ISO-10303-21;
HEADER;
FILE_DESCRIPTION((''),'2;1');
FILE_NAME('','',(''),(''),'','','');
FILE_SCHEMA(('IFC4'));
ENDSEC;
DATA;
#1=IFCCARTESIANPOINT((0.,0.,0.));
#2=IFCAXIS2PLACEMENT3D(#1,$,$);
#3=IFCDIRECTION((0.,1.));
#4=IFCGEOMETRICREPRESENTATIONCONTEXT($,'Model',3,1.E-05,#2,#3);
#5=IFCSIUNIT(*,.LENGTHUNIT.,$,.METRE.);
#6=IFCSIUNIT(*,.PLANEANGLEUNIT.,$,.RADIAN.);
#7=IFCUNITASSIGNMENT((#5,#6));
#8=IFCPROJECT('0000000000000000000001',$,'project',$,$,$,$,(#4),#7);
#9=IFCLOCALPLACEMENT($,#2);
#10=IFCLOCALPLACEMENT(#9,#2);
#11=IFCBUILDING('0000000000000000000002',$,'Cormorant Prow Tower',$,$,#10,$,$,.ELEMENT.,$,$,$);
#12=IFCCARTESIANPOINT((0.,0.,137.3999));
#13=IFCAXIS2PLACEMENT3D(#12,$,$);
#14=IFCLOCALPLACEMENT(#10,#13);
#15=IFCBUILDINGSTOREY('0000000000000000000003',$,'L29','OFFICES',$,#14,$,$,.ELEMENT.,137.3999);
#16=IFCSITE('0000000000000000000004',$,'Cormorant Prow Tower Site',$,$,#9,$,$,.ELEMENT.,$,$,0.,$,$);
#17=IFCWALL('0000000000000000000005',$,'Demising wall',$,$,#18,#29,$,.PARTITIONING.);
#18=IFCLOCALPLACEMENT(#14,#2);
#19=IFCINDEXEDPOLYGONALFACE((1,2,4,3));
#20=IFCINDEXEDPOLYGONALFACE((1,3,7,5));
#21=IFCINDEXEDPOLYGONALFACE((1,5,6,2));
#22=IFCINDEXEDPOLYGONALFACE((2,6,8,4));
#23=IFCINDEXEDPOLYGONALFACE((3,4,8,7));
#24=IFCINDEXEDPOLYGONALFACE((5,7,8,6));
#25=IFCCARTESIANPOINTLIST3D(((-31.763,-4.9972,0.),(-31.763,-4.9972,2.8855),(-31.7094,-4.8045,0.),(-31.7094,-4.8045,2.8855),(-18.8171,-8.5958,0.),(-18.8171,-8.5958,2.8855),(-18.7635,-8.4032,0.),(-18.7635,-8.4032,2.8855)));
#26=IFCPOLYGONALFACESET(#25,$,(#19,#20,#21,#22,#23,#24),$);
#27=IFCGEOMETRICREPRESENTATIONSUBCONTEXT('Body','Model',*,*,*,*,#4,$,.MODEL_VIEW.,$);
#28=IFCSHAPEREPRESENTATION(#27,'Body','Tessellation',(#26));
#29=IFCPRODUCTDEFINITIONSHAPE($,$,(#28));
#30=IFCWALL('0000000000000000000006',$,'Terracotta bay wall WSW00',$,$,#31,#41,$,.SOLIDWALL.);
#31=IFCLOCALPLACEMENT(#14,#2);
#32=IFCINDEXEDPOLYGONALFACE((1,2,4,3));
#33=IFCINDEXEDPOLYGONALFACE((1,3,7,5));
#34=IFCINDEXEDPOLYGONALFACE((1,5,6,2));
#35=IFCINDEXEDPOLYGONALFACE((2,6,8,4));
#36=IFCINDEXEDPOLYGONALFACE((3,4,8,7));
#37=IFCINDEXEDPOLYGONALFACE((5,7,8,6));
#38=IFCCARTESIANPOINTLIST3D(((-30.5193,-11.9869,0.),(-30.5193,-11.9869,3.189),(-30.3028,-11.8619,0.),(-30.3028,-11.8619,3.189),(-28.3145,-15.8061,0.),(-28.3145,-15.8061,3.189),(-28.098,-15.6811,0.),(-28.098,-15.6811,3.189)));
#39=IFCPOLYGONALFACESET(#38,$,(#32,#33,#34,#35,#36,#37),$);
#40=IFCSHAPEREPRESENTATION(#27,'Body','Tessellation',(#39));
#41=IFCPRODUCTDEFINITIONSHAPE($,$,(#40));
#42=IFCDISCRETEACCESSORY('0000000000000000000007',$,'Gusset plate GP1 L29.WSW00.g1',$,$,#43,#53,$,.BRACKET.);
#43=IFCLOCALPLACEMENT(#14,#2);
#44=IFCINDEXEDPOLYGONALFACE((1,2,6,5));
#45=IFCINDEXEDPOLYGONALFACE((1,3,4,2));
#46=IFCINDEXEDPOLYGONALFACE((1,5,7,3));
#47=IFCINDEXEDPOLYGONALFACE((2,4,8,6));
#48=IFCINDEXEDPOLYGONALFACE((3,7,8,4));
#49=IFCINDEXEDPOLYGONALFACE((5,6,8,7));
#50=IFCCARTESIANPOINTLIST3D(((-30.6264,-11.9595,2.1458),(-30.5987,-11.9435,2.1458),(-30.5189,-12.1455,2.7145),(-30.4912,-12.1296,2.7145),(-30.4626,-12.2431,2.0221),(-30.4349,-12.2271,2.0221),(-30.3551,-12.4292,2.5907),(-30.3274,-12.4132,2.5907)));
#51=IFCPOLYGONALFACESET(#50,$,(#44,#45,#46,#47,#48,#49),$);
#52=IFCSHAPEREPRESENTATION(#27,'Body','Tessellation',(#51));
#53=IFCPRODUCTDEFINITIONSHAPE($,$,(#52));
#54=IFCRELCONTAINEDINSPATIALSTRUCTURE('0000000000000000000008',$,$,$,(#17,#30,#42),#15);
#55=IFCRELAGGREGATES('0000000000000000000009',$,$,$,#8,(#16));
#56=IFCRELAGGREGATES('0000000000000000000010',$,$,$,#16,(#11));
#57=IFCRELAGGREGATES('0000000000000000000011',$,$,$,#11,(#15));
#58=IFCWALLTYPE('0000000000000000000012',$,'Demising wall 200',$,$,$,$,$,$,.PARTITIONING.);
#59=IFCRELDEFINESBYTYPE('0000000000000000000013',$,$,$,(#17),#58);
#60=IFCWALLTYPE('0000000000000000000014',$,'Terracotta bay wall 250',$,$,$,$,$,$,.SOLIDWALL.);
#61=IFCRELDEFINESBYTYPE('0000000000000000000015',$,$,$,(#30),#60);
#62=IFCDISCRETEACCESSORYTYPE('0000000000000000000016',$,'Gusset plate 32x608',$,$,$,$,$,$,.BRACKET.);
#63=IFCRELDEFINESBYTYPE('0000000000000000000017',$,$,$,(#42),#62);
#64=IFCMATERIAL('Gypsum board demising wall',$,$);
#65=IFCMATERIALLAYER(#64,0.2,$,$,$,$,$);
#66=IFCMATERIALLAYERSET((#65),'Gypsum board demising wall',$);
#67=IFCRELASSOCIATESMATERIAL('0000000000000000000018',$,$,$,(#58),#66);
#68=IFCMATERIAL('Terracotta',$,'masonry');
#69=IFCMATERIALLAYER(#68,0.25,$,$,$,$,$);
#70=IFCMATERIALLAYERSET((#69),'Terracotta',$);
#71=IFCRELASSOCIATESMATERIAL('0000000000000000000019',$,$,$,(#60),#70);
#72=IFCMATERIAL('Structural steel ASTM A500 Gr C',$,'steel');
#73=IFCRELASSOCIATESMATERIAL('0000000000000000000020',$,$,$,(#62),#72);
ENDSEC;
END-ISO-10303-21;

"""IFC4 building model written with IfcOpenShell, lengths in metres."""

from ifc_helpers import new_model, si_unit, direction, frame, frame_2d, origin, origin_2d, place, context, subcontext, project, spatial, rectangle, extrude, material, layer, layer_set, material_profile, profile_set, type_object, element, save


model = new_model("IFC4")

# Units and contexts
model_context = context("Model", 3, precision=1e-05, world=origin(), true_north=direction((0.0, 1.0)))
body_context = subcontext(model_context, "Body", "Model", "MODEL_VIEW")
ifc_project = project(units=[si_unit("LENGTHUNIT", "METRE"), si_unit("PLANEANGLEUNIT", "RADIAN")], contexts=[model_context])

# Site, building, storey
site_placement = place(None, origin())
site = spatial("IfcSite", under=ifc_project, at=site_placement, Name="Cormorant Prow Tower Site", CompositionType="ELEMENT", RefElevation=0.0)
building_placement = place(site_placement, origin())
building = spatial("IfcBuilding", under=site, at=building_placement, Name="Cormorant Prow Tower", CompositionType="ELEMENT")
storey_placement = place(building_placement, frame((0.0, 0.0, 137.3999)))
storey = spatial("IfcBuildingStorey", under=building, at=storey_placement, Name="L29", Description="OFFICES", CompositionType="ELEMENT", Elevation=137.3999)

# Shared definitions
ifc_material_1 = material(Name="Gypsum board demising wall")
ifc_layer_1 = layer(ifc_material_1, 0.2)
ifc_layer_set_1 = layer_set([ifc_layer_1], Name="Gypsum board demising wall")
wall_type_1 = type_object("IfcWallType", Name="Demising wall 200", PredefinedType="PARTITIONING", material=ifc_layer_set_1)

# Walls
wall_1_placement = place(storey_placement, frame((-31.7361, -4.9009, 0.0), z_axis=(0.0, 0.0, 1.0), x_axis=(0.963468, -0.267822, 0.0)))
element("IfcWall", 1, at=wall_1_placement, inside=storey, type_object=wall_type_1, Name="Demising wall", PredefinedType="PARTITIONING", context=body_context, shape_type="SweptSolid", body=[
    extrude(rectangle(XDim=13.4368, YDim=0.2, at=frame_2d((6.7183, 0.0))), origin(), (0.0, 0.0, 1.0), 2.8855),
])
ifc_material_2 = material(Name="Terracotta", Category="masonry")
ifc_layer_2 = layer(ifc_material_2, 0.25)
ifc_layer_set_2 = layer_set([ifc_layer_2], Name="Terracotta")
wall_type_2 = type_object("IfcWallType", Name="Terracotta bay wall 250", PredefinedType="SOLIDWALL", material=ifc_layer_set_2)
wall_2_placement = place(storey_placement, frame((-30.4111, -11.9243, 0.0), z_axis=(0.0, 0.0, 1.0), x_axis=(0.49998, -0.866037, 0.0)))
element("IfcWall", 2, at=wall_2_placement, inside=storey, type_object=wall_type_2, Name="Terracotta bay wall WSW00", PredefinedType="SOLIDWALL", context=body_context, shape_type="SweptSolid", body=[
    extrude(rectangle(XDim=4.4099, YDim=0.25, at=frame_2d((2.2051, 0.0))), origin(), (0.0, 0.0, 1.0), 3.189),
])

# Discrete accessory
ifc_material_3 = material(Name="Structural steel ASTM A500 Gr C", Category="steel")
ifc_material_profile_1 = material_profile(ifc_material_3, rectangle(XDim=0.032, YDim=0.6079, at=origin_2d()), Name="Gusset plate 32x608")
ifc_profile_set_1 = profile_set([ifc_material_profile_1], Name="Structural steel ASTM A500 Gr C")
discrete_accessory_type = type_object("IfcDiscreteAccessoryType", Name="Gusset plate 32x608", PredefinedType="BRACKET", material=ifc_profile_set_1)
discrete_accessory_placement = place(storey_placement, frame((-30.395, -12.3281, 2.3064), z_axis=(-0.467788, 0.810089, 0.353455), x_axis=(-0.865987, -0.500067, 0.0)))
element("IfcDiscreteAccessory", 3, at=discrete_accessory_placement, inside=storey, type_object=discrete_accessory_type, Name="Gusset plate GP1 L29.WSW00.g1", PredefinedType="BRACKET", context=body_context, shape_type="SweptSolid", body=[
    extrude(rectangle(XDim=0.032, YDim=0.6079, at=origin_2d()), origin(), (0.0, 0.0, 1.0), 0.3501),
])

save(model, "model.ifc")
